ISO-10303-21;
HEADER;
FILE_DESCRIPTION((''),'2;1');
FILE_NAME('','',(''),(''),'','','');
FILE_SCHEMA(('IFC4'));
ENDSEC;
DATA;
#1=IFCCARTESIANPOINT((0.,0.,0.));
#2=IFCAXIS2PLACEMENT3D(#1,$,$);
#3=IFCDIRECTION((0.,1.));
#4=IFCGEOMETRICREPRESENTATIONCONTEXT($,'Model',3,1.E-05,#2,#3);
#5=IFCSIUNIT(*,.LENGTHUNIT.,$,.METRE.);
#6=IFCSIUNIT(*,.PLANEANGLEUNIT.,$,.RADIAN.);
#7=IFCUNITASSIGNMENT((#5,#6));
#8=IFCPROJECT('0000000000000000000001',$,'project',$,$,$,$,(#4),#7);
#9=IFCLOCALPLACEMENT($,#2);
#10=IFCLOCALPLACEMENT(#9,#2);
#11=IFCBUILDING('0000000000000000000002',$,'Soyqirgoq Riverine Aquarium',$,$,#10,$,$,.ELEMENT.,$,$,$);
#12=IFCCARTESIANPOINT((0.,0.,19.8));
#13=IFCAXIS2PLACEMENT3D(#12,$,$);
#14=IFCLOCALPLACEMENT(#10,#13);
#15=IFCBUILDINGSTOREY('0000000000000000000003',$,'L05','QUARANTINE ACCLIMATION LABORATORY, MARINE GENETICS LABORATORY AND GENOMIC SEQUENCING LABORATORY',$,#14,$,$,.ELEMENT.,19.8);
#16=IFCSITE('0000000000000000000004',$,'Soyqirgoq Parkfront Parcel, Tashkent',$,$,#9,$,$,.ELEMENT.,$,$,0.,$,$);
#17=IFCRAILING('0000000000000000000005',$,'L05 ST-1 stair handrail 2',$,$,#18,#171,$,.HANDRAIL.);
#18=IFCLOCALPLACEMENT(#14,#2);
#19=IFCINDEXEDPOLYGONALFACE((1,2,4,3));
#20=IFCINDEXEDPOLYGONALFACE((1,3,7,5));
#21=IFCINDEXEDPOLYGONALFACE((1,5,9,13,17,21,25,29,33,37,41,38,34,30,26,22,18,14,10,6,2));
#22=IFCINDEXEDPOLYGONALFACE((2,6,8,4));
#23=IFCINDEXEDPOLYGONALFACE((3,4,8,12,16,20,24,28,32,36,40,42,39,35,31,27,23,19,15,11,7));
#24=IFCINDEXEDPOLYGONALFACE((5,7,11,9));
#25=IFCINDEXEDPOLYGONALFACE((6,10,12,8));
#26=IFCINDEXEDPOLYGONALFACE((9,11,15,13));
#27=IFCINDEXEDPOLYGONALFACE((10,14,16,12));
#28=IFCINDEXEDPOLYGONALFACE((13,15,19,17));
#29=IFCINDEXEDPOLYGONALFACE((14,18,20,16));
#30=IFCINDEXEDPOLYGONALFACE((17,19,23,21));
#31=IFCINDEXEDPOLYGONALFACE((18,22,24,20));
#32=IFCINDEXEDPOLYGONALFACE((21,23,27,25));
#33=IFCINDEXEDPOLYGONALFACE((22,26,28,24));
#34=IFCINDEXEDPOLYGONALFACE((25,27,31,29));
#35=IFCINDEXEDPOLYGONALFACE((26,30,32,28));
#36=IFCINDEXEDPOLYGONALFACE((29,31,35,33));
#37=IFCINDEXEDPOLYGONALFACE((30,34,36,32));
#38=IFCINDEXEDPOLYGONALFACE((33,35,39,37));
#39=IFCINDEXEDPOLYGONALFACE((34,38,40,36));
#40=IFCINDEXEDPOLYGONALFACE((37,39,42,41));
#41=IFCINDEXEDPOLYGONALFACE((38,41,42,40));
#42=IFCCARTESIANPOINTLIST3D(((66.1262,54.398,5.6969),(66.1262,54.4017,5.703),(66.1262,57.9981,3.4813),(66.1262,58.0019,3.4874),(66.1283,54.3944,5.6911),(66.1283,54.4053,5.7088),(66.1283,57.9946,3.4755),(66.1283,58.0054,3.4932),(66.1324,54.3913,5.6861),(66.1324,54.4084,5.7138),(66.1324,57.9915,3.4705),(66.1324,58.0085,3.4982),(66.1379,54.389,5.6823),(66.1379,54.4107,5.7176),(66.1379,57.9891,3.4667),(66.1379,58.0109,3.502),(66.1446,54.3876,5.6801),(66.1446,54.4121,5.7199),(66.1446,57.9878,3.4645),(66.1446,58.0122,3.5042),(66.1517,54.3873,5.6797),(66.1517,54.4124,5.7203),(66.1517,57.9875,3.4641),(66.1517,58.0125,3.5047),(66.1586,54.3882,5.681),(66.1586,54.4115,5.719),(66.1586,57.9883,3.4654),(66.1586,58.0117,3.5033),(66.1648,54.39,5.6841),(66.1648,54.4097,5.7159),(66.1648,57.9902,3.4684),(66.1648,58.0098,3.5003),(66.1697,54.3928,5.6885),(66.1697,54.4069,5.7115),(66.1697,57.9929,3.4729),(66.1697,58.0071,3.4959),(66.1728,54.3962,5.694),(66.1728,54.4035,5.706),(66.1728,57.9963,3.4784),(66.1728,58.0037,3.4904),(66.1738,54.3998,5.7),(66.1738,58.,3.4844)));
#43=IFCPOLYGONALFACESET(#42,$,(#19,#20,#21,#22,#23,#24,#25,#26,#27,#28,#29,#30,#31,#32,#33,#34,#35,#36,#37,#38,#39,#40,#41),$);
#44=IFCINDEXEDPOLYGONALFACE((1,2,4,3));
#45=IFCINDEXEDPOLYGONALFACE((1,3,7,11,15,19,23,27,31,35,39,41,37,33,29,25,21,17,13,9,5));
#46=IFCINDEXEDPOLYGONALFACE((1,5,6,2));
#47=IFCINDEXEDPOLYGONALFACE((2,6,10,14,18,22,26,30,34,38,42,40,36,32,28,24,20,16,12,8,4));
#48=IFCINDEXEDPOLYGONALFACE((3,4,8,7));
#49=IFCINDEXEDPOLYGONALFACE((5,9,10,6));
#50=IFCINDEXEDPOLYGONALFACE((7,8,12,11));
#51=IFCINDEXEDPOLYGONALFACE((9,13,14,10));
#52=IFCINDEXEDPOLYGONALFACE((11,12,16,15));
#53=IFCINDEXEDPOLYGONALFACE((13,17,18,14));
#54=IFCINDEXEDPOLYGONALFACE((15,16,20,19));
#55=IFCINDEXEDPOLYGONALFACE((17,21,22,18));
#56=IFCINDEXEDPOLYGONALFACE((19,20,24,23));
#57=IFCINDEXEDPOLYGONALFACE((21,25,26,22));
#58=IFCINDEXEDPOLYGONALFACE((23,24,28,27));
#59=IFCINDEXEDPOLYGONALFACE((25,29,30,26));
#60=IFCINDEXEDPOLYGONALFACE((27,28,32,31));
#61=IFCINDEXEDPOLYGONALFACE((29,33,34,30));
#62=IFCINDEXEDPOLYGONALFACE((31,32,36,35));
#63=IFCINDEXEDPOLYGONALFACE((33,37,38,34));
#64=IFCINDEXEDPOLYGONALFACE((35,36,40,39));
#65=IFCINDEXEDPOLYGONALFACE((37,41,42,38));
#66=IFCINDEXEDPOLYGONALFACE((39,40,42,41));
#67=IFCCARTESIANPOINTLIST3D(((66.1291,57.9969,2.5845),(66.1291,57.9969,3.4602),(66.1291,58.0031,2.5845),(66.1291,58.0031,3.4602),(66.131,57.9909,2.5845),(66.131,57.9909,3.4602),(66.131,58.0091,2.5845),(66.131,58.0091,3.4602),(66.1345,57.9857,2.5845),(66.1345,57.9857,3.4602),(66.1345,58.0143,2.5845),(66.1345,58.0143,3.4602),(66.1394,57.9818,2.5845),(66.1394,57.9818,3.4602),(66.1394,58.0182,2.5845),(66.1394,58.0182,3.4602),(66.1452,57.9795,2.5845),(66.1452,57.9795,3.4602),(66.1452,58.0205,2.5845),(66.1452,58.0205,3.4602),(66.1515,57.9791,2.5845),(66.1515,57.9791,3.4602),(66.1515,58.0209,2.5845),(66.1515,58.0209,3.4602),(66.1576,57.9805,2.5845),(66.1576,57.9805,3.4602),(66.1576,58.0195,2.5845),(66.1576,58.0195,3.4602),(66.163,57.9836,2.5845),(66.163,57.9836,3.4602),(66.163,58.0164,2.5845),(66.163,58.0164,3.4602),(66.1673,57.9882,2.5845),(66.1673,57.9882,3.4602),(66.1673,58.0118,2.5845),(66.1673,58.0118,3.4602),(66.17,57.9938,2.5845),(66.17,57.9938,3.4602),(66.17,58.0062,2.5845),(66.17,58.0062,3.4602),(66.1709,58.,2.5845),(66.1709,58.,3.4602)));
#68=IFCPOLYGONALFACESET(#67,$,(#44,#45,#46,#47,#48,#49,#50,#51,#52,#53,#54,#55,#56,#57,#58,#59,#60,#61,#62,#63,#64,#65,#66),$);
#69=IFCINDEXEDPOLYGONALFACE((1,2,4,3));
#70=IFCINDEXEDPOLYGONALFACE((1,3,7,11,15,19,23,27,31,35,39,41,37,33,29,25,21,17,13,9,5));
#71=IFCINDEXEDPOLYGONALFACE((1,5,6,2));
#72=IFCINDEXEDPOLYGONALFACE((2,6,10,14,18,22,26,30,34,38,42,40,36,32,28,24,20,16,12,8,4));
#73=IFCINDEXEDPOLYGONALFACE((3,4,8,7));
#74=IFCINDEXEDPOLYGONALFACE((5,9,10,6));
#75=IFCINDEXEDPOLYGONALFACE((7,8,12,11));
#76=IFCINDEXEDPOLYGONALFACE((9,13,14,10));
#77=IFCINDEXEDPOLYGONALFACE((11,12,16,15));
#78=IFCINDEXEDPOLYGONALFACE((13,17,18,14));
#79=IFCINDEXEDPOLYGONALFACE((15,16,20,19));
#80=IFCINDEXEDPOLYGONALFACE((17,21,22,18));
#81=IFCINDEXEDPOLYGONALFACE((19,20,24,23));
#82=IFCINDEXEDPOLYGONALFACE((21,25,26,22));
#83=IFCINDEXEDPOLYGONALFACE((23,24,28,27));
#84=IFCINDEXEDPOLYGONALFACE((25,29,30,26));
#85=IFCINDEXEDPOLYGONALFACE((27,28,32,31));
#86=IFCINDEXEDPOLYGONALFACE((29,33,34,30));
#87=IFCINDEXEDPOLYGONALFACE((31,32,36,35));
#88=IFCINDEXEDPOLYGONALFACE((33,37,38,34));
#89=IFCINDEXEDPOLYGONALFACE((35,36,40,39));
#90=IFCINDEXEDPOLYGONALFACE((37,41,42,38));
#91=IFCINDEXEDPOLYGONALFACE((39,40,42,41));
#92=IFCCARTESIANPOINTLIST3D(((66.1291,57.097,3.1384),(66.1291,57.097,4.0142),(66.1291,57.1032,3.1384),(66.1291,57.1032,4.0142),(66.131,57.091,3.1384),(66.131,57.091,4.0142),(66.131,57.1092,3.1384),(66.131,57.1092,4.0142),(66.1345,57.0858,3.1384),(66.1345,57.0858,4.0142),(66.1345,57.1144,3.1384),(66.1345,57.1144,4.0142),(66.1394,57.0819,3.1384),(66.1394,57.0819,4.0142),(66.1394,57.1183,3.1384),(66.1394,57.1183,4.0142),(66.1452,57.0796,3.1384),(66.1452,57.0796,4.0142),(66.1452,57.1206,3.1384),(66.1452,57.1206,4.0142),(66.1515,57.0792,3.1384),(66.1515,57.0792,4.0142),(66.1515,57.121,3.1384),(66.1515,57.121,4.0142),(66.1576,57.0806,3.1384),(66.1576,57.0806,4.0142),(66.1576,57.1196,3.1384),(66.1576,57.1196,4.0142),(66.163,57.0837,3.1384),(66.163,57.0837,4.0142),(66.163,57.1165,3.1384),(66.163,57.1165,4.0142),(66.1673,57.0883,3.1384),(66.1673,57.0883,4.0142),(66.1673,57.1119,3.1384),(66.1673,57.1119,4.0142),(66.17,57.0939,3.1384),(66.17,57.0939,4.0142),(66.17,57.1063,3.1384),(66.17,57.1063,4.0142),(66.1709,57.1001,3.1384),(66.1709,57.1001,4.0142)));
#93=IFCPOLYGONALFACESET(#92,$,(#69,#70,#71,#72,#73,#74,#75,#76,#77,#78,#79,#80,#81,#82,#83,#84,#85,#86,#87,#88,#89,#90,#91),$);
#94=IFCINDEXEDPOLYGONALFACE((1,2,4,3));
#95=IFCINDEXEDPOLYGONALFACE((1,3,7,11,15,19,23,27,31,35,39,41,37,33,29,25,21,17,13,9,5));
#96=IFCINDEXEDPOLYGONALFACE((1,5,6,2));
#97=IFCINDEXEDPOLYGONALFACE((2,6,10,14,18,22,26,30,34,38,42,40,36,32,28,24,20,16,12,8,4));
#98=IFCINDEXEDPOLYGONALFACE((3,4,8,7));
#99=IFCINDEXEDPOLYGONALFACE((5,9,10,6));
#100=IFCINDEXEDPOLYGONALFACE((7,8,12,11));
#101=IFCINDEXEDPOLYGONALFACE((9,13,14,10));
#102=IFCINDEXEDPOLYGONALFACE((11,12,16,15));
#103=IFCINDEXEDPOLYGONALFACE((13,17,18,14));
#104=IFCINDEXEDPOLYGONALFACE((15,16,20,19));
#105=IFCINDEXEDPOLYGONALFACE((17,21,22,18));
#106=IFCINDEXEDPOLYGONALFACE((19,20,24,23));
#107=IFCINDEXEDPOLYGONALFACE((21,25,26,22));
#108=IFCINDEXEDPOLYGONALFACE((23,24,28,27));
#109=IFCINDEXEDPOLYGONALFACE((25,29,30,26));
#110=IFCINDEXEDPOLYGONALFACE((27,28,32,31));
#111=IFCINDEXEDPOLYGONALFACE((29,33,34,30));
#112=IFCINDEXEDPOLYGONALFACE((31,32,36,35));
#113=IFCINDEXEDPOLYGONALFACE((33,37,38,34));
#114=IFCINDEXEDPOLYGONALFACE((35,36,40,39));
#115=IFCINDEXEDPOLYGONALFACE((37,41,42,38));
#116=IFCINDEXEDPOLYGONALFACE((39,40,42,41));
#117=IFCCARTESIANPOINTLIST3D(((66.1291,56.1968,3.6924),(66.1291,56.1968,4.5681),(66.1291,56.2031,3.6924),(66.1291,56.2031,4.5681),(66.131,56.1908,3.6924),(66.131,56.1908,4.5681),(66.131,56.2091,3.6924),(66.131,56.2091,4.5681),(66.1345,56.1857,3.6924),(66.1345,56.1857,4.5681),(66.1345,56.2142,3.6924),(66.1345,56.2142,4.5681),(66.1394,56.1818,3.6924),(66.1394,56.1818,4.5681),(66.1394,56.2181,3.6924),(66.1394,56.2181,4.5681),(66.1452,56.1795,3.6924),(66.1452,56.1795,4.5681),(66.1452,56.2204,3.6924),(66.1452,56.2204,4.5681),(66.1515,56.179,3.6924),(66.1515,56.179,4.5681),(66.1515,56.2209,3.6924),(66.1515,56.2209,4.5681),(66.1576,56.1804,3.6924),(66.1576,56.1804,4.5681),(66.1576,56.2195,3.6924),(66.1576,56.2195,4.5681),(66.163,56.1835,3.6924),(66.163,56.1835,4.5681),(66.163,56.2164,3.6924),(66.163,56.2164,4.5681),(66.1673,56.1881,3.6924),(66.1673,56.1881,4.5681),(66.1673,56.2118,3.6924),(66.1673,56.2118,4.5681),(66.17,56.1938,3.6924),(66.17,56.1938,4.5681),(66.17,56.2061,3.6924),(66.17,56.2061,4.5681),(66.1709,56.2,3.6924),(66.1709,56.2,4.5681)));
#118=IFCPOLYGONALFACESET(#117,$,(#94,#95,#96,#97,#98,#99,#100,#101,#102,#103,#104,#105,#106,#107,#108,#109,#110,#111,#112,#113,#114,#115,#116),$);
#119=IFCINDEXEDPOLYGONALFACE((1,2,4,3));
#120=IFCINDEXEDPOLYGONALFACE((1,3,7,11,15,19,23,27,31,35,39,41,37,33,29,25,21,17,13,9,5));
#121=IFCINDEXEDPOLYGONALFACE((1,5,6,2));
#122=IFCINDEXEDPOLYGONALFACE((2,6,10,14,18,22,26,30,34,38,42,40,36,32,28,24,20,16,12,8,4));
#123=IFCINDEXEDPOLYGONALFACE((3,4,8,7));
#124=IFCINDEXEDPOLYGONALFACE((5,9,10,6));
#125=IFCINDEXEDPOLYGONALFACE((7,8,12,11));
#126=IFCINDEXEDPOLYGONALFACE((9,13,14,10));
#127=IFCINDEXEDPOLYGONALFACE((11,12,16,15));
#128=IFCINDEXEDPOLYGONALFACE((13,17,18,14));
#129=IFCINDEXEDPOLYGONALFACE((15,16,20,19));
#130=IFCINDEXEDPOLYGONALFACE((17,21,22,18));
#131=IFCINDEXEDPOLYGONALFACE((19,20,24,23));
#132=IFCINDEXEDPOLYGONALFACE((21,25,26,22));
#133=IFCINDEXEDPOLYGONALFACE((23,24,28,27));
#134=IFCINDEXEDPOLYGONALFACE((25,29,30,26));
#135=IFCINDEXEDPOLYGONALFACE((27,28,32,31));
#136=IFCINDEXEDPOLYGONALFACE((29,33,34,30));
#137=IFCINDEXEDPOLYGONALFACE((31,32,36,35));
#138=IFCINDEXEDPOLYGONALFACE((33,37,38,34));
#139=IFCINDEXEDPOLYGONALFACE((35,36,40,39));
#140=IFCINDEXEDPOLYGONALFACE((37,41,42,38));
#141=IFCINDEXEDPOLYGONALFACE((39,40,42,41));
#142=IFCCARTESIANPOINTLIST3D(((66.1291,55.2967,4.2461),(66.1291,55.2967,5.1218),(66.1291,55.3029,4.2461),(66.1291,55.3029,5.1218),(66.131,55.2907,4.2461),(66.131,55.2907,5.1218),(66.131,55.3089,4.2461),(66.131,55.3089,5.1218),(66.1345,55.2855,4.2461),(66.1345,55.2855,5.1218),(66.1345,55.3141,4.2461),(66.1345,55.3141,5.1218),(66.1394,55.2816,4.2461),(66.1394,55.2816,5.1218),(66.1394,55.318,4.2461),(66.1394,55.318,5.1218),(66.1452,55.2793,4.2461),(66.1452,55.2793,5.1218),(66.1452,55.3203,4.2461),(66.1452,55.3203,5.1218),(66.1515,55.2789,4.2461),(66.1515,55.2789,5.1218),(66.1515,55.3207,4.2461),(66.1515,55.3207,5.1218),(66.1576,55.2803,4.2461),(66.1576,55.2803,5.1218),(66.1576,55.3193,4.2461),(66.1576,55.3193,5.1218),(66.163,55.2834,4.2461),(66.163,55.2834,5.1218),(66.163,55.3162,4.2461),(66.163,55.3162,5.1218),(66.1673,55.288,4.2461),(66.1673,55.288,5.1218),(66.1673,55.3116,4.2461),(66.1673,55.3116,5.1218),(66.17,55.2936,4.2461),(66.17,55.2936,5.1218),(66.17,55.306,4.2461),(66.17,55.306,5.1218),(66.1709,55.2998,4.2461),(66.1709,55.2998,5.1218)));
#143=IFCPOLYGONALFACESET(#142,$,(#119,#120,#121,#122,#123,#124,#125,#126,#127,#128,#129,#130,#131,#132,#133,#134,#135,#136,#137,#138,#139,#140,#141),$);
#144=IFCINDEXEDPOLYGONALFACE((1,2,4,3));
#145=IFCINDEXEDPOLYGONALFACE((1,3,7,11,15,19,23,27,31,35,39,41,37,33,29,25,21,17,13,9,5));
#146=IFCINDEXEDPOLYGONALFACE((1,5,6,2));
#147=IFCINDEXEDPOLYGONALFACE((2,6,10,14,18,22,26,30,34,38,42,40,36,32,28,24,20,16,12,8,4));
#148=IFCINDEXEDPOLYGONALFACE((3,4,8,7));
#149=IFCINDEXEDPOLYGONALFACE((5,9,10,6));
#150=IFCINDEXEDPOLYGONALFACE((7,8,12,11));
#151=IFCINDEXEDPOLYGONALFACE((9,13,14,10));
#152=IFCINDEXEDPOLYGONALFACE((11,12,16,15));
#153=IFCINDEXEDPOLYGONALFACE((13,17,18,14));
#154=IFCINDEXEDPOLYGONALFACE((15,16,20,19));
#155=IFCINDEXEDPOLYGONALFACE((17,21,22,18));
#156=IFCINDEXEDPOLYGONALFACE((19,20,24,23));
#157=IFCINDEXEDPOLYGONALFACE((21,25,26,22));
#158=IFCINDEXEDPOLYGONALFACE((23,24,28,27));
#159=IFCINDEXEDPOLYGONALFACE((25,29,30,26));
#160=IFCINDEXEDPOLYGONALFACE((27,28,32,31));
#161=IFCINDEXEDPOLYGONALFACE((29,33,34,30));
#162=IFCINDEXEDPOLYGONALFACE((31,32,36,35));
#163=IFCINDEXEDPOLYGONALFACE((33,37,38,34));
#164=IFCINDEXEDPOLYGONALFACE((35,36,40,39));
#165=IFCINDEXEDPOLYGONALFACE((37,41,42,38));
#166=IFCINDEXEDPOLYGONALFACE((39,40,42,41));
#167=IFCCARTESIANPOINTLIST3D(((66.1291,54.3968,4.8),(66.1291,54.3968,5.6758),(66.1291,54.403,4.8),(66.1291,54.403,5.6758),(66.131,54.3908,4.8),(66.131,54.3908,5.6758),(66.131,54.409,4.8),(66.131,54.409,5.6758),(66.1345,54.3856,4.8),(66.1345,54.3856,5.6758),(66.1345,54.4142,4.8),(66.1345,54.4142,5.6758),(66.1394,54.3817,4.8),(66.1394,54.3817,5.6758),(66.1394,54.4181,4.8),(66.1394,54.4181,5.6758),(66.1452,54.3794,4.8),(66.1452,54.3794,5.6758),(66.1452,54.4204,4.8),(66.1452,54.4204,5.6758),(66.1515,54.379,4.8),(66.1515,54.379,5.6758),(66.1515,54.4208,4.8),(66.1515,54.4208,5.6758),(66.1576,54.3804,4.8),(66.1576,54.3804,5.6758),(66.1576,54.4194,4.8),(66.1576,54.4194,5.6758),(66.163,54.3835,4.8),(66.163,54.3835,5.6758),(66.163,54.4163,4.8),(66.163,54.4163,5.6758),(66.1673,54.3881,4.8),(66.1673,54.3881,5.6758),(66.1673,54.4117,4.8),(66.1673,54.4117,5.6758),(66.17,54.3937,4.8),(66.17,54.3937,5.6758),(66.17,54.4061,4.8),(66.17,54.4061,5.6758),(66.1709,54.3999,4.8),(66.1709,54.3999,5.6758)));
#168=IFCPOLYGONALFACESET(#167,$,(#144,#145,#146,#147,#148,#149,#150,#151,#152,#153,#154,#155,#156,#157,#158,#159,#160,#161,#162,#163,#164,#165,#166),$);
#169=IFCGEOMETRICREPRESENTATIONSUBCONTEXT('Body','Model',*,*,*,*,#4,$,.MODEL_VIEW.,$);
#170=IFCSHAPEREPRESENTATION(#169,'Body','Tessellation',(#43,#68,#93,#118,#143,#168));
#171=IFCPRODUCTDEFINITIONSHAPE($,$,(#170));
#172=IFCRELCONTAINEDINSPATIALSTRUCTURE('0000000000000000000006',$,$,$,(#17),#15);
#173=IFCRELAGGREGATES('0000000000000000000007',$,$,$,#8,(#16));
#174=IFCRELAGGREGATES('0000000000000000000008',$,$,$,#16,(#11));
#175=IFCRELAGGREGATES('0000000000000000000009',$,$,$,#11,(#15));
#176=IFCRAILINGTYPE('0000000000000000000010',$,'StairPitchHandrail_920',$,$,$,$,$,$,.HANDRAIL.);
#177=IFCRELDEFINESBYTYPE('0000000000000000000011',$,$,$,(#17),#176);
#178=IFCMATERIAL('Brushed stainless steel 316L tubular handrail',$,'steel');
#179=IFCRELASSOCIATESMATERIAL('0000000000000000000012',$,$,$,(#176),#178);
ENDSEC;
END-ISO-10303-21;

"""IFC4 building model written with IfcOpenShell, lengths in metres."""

from ifc_helpers import new_model, si_unit, direction, frame, origin, origin_2d, place, context, subcontext, project, spatial, circle, extrude, material, type_object, element, save


model = new_model("IFC4")

# Units and contexts
model_context = context("Model", 3, precision=1e-05, world=origin(), true_north=direction((0.0, 1.0)))
body_context = subcontext(model_context, "Body", "Model", "MODEL_VIEW")
ifc_project = project(units=[si_unit("LENGTHUNIT", "METRE"), si_unit("PLANEANGLEUNIT", "RADIAN")], contexts=[model_context])

# Site, building, storey
site_placement = place(None, origin())
site = spatial("IfcSite", under=ifc_project, at=site_placement, Name="Soyqirgoq Parkfront Parcel, Tashkent", CompositionType="ELEMENT", RefElevation=0.0)
building_placement = place(site_placement, origin())
building = spatial("IfcBuilding", under=site, at=building_placement, Name="Soyqirgoq Riverine Aquarium", CompositionType="ELEMENT")
storey_placement = place(building_placement, frame((0.0, 0.0, 19.8)))
storey = spatial("IfcBuildingStorey", under=building, at=storey_placement, Name="L05", Description="QUARANTINE ACCLIMATION LABORATORY, MARINE GENETICS LABORATORY AND GENOMIC SEQUENCING LABORATORY", CompositionType="ELEMENT", Elevation=19.8)

# Railing
ifc_material_1 = material(Name="Brushed stainless steel 316L tubular handrail", Category="steel")
railing_type_1 = type_object("IfcRailingType", Name="StairPitchHandrail_920", PredefinedType="HANDRAIL", material=ifc_material_1)
railing_1_placement = place(storey_placement, frame((66.1499, 58.0, 2.5845)))
element("IfcRailing", 1, at=railing_1_placement, inside=storey, type_object=railing_type_1, Name="L05 ST-1 stair handrail 2", PredefinedType="HANDRAIL", context=body_context, shape_type="SweptSolid", body=[
    extrude(circle(Radius=0.0239, at=origin_2d()), frame((0.0, 0.0, 0.8999), z_axis=(0.0, -0.851644, 0.52412), x_axis=(1.0, 0.0, 0.0)), (0.0, 0.0, 1.0), 4.2273),
    extrude(circle(Radius=0.021, at=origin_2d()), origin(), (0.0, 0.0, 1.0), 0.8757),
    extrude(circle(Radius=0.021, at=origin_2d()), frame((0.0, -0.8999, 0.554)), (0.0, 0.0, 1.0), 0.8757),
    extrude(circle(Radius=0.021, at=origin_2d()), frame((0.0, -1.8, 1.1079)), (0.0, 0.0, 1.0), 0.8757),
    extrude(circle(Radius=0.021, at=origin_2d()), frame((0.0, -2.7002, 1.6616)), (0.0, 0.0, 1.0), 0.8757),
    extrude(circle(Radius=0.021, at=origin_2d()), frame((0.0, -3.6001, 2.2156)), (0.0, 0.0, 1.0), 0.8757),
])

save(model, "model.ifc")
